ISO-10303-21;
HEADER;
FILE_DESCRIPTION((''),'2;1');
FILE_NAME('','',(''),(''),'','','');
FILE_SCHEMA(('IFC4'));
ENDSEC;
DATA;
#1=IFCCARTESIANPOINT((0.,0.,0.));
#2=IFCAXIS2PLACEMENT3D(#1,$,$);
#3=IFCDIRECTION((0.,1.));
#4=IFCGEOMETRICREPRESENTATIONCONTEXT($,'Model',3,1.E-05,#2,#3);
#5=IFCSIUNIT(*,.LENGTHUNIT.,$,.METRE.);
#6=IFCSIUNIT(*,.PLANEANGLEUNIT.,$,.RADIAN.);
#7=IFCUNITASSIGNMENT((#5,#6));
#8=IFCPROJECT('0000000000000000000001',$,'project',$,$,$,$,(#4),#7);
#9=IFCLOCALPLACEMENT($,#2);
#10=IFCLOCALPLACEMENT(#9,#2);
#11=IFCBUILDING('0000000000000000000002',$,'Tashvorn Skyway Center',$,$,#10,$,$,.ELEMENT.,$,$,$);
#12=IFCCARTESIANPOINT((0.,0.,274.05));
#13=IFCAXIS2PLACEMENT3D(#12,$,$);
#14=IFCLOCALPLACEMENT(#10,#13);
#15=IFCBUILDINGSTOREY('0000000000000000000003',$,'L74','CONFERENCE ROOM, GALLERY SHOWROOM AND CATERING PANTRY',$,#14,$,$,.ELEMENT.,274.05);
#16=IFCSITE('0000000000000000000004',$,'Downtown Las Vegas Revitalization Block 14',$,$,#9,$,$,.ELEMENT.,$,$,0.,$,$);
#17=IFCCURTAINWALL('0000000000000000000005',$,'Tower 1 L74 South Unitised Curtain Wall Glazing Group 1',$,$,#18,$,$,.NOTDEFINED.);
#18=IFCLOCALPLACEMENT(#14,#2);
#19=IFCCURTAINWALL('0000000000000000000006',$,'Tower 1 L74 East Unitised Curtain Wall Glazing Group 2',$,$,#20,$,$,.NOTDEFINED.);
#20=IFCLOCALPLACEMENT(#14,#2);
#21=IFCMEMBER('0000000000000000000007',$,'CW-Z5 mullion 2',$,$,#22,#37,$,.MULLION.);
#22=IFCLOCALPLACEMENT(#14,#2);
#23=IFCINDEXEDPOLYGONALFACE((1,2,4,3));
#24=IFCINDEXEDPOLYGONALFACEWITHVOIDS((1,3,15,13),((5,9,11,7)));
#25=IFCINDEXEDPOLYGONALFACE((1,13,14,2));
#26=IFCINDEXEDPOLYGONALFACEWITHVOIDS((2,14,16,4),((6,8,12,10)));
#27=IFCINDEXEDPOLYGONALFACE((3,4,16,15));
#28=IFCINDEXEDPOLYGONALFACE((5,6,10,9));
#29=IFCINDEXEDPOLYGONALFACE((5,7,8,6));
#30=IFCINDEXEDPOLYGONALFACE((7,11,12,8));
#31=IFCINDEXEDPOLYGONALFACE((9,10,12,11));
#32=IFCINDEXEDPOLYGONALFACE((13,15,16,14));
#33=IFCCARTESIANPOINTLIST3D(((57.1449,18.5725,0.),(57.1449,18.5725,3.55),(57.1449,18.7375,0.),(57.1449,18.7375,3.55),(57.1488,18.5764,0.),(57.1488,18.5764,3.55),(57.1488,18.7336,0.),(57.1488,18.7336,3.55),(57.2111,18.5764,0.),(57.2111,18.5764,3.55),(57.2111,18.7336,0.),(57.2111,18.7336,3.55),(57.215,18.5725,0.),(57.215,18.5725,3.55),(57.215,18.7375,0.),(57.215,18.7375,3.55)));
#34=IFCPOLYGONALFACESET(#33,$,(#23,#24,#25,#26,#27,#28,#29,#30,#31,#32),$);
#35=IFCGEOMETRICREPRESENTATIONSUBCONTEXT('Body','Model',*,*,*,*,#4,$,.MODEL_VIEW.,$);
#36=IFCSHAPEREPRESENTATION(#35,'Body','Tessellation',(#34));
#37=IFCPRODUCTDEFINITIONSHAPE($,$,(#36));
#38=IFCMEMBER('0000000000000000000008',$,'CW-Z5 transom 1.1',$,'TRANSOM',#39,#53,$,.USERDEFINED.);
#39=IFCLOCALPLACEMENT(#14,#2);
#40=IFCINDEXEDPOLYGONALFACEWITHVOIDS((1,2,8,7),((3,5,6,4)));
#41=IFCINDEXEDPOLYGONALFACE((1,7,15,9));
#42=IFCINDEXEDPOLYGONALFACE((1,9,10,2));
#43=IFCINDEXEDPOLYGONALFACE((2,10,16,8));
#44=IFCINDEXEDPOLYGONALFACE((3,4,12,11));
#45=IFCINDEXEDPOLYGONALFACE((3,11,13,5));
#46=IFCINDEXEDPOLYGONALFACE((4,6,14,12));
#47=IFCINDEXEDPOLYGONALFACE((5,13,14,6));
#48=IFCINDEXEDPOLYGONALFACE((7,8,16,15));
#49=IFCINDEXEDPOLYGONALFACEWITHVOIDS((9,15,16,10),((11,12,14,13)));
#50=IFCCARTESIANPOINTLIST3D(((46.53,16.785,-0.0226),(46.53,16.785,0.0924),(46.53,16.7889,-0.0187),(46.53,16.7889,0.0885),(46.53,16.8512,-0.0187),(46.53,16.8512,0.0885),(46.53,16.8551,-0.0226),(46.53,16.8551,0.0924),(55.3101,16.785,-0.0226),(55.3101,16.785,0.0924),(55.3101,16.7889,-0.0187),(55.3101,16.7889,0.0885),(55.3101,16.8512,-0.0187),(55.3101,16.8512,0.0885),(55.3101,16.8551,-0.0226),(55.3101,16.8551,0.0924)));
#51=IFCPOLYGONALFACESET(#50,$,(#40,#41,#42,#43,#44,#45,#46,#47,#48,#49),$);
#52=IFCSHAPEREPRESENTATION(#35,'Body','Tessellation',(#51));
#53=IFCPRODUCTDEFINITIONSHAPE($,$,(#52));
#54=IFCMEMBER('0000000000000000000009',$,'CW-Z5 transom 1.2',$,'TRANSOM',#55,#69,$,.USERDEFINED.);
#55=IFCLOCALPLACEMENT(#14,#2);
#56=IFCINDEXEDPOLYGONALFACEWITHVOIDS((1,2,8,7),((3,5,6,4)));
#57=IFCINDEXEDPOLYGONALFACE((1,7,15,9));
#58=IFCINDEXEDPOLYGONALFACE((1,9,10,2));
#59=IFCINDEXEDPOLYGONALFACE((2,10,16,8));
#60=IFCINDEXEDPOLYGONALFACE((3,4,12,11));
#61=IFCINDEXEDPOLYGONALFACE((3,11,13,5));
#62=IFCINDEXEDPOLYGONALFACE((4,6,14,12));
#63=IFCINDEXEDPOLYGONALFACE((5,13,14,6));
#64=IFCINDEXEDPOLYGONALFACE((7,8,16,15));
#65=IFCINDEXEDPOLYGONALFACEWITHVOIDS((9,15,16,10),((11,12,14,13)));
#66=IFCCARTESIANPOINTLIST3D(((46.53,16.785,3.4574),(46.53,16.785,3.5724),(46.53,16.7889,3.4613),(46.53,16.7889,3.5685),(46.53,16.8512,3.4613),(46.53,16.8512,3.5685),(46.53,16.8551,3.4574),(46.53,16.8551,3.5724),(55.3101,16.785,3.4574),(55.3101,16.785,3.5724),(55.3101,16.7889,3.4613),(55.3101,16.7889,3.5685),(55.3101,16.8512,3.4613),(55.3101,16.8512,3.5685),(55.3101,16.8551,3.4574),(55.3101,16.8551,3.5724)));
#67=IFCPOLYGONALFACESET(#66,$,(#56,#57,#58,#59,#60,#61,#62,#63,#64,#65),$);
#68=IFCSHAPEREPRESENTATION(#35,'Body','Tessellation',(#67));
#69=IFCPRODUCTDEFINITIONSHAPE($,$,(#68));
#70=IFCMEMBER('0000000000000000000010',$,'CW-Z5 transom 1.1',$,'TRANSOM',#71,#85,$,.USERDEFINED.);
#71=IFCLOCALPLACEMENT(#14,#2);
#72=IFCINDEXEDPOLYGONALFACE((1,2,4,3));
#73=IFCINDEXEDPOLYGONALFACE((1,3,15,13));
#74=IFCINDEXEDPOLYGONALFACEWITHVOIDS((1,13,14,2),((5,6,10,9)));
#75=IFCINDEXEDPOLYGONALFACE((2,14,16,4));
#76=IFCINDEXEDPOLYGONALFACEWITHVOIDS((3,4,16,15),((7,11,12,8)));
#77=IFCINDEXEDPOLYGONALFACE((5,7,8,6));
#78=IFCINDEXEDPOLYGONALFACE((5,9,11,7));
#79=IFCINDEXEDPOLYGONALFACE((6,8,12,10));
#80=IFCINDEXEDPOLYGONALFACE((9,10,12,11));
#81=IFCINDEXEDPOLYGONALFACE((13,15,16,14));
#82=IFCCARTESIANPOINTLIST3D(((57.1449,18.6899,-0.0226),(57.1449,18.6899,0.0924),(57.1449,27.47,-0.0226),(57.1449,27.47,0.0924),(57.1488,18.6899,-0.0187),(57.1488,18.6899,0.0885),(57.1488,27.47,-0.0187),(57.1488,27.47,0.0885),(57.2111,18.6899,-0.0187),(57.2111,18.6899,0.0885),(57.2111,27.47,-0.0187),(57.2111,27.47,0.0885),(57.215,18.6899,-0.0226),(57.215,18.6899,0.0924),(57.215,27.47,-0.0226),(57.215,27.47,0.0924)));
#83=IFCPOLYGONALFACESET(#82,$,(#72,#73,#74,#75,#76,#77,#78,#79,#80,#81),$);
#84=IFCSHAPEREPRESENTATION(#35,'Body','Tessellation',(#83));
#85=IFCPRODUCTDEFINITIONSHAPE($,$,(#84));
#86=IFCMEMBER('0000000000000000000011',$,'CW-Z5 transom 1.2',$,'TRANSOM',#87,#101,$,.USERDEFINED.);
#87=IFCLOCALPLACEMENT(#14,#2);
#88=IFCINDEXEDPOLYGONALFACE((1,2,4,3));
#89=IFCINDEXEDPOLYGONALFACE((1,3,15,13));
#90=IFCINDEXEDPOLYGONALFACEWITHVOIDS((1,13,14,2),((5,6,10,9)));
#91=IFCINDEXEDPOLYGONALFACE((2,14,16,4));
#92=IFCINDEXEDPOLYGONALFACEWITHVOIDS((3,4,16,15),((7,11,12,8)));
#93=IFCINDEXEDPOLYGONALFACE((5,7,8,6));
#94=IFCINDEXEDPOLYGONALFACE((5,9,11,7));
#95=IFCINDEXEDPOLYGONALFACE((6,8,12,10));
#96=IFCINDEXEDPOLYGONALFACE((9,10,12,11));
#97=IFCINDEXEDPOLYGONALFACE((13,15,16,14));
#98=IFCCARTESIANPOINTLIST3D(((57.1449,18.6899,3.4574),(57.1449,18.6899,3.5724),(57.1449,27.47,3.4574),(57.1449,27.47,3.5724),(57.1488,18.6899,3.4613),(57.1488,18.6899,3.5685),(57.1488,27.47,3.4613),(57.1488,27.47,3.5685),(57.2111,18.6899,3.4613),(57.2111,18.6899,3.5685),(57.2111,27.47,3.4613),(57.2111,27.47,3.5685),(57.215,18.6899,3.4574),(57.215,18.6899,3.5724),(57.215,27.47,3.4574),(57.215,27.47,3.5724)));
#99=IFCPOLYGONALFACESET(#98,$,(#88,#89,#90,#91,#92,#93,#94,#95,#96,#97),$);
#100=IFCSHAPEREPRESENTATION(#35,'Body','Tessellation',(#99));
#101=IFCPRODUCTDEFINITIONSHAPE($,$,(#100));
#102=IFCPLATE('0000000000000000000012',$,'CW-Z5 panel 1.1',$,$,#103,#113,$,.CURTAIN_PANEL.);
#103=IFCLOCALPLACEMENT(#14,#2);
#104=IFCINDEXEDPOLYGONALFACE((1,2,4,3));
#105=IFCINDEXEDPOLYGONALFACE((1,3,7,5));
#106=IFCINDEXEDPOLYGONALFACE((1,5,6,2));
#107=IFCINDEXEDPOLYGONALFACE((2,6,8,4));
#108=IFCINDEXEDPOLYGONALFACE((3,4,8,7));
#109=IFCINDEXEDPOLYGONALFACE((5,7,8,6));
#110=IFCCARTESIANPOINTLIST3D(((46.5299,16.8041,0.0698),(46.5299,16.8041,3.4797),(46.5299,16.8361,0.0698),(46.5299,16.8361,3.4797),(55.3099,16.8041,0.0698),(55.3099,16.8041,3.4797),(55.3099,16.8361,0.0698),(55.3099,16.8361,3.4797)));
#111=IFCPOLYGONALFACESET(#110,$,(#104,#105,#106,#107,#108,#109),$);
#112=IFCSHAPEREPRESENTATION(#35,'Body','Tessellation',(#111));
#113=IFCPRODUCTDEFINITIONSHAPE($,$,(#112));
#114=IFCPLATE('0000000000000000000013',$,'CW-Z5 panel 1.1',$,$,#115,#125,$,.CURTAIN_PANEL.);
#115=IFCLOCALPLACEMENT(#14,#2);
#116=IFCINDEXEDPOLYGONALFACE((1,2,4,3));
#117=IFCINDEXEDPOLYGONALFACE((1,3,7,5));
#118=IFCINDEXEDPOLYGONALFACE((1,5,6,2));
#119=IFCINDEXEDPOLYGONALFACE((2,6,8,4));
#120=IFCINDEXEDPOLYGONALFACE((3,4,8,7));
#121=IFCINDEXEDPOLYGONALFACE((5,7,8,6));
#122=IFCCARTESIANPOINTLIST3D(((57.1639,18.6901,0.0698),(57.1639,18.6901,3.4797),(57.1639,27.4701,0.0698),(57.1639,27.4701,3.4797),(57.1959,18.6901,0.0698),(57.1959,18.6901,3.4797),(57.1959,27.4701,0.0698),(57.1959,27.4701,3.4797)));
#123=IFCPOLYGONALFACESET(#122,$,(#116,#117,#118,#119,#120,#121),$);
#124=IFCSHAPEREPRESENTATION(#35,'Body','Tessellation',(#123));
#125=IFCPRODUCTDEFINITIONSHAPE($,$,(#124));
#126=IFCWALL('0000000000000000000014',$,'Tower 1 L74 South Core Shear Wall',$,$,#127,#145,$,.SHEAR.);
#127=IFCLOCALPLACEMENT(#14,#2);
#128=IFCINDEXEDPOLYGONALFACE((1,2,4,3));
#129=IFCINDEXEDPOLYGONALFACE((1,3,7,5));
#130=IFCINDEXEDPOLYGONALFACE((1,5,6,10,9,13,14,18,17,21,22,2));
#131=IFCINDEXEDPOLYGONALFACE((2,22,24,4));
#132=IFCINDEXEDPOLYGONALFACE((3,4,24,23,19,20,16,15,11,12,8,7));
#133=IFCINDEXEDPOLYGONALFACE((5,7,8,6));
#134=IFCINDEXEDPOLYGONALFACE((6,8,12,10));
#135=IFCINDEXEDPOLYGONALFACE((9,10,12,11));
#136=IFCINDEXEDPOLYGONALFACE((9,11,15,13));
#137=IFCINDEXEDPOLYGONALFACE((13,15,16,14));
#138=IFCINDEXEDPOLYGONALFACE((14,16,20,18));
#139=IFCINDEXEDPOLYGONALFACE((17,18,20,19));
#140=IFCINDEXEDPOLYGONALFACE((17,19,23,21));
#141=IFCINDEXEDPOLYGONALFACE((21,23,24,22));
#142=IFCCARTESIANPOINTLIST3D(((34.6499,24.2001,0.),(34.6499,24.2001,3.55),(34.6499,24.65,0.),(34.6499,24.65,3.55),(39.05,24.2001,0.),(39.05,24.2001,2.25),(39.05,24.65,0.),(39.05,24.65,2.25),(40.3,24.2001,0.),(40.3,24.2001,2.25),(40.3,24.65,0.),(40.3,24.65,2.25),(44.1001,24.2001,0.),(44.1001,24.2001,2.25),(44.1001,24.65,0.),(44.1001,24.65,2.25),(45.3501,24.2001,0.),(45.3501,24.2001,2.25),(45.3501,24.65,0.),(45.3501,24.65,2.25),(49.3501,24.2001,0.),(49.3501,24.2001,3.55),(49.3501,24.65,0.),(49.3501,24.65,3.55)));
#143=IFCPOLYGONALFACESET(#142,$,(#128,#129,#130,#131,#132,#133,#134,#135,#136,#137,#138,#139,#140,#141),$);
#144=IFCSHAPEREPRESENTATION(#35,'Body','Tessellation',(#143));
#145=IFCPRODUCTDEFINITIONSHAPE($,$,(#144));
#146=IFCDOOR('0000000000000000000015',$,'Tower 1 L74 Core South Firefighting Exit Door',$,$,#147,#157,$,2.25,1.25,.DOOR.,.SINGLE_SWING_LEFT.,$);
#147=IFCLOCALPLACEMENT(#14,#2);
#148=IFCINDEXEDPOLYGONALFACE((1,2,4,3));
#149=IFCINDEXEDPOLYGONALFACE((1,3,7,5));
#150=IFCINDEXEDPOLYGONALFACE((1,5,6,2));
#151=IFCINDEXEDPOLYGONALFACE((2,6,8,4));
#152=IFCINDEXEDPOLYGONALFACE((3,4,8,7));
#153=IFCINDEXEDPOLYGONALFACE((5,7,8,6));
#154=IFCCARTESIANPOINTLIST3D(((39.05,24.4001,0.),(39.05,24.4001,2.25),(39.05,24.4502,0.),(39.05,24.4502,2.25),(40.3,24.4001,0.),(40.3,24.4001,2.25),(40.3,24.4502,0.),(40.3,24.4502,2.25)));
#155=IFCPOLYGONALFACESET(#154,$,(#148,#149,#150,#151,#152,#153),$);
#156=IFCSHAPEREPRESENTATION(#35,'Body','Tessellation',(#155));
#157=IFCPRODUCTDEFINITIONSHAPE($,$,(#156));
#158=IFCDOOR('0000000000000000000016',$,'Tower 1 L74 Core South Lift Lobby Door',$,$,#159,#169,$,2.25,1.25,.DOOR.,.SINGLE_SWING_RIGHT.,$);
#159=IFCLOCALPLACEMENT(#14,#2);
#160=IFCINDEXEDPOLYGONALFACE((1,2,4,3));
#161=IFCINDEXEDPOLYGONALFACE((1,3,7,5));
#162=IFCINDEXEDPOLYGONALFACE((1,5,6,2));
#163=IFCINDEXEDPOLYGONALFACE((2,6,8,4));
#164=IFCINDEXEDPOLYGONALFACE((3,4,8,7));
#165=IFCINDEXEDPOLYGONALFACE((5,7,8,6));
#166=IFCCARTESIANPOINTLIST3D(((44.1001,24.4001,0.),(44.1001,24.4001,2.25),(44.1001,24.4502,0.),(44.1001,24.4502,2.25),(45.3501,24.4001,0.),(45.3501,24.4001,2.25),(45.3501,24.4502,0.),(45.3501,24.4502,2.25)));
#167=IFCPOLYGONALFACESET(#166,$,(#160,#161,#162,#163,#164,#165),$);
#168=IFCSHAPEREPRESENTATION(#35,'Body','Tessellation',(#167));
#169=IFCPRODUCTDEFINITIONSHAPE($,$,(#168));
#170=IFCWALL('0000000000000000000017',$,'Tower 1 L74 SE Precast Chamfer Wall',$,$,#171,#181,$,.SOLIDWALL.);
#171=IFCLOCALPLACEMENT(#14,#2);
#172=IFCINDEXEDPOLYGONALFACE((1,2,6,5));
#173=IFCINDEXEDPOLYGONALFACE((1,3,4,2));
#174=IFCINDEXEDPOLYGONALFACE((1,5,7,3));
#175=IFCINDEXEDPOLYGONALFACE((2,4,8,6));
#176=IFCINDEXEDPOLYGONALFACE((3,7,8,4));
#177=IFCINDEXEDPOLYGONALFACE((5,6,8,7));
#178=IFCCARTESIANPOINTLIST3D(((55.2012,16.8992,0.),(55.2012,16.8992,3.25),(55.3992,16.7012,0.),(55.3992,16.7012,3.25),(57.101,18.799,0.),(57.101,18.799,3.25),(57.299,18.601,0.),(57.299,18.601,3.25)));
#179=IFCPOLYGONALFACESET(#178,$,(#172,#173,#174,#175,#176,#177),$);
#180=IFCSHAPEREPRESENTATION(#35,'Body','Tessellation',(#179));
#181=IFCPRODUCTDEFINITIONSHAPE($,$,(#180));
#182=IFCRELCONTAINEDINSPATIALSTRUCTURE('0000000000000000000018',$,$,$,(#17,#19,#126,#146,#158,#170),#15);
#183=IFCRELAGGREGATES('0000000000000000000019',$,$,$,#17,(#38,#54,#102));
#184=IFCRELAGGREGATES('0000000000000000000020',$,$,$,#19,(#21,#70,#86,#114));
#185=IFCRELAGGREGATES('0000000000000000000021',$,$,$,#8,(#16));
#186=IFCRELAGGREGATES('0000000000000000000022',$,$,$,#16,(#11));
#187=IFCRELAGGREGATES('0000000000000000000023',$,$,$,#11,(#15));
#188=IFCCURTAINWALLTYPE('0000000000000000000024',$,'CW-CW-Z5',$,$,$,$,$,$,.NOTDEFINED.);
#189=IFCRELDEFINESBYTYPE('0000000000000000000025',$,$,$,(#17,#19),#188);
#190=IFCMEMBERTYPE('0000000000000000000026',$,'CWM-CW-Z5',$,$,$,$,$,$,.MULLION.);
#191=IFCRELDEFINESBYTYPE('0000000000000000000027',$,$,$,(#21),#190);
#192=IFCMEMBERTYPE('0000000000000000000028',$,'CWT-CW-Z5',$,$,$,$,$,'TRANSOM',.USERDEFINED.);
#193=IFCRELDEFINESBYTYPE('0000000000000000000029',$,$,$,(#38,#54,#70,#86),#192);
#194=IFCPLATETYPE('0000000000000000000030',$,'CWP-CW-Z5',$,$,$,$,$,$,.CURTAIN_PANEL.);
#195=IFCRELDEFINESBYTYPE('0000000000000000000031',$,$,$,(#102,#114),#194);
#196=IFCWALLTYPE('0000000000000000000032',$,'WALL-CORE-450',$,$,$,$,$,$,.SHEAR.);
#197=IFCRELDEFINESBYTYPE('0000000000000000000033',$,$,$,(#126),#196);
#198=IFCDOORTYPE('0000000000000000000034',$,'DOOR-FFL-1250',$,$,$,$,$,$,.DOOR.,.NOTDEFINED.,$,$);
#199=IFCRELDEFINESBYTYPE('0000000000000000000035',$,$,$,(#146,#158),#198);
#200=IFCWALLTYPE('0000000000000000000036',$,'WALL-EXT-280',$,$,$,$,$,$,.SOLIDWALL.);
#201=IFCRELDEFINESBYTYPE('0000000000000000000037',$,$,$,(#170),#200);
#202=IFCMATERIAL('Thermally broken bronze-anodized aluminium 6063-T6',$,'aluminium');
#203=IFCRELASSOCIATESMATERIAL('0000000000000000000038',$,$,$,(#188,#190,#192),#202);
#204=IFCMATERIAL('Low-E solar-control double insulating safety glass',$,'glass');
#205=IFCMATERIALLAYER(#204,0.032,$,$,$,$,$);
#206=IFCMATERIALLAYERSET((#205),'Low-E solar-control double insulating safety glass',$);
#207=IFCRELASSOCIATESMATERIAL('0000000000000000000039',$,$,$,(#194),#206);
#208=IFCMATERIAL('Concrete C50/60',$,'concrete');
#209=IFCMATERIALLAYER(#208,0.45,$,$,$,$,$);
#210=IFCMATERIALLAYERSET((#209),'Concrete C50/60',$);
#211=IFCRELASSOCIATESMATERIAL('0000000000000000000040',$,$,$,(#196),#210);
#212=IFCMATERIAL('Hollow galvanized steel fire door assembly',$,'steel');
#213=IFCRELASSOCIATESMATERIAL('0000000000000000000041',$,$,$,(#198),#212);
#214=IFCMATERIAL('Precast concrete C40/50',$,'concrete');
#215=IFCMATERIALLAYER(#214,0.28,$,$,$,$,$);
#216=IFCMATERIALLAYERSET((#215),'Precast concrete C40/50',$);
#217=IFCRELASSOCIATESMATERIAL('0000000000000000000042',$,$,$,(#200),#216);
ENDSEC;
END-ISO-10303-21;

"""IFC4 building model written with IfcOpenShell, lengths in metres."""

from ifc_helpers import new_model, si_unit, direction, frame, frame_2d, origin, origin_2d, place, context, subcontext, project, spatial, rectangle, hollow_rectangle, extrude, material, layer, layer_set, material_profile, profile_set, type_object, element, fill, aggregate, save


model = new_model("IFC4")

# Units and contexts
model_context = context("Model", 3, precision=1e-05, world=origin(), true_north=direction((0.0, 1.0)))
body_context = subcontext(model_context, "Body", "Model", "MODEL_VIEW")
ifc_project = project(units=[si_unit("LENGTHUNIT", "METRE"), si_unit("PLANEANGLEUNIT", "RADIAN")], contexts=[model_context])

# Site, building, storey
site_placement = place(None, origin())
site = spatial("IfcSite", under=ifc_project, at=site_placement, Name="Downtown Las Vegas Revitalization Block 14", CompositionType="ELEMENT", RefElevation=0.0)
building_placement = place(site_placement, origin())
building = spatial("IfcBuilding", under=site, at=building_placement, Name="Tashvorn Skyway Center", CompositionType="ELEMENT")
storey_placement = place(building_placement, frame((0.0, 0.0, 274.05)))
storey = spatial("IfcBuildingStorey", under=building, at=storey_placement, Name="L74", Description="CONFERENCE ROOM, GALLERY SHOWROOM AND CATERING PANTRY", CompositionType="ELEMENT", Elevation=274.05)

# Curtain wall
ifc_material_1 = material(Name="Thermally broken bronze-anodized aluminium 6063-T6", Category="aluminium")
curtain_wall_type = type_object("IfcCurtainWallType", Name="CW-CW-Z5", PredefinedType="NOTDEFINED", material=ifc_material_1)
curtain_wall_1_placement = place(storey_placement, origin())
curtain_wall_1 = element("IfcCurtainWall", 1, at=curtain_wall_1_placement, inside=storey, type_object=curtain_wall_type, Name="Tower 1 L74 South Unitised Curtain Wall Glazing Group 1", PredefinedType="NOTDEFINED")
ifc_material_profile_1 = material_profile(ifc_material_1, hollow_rectangle(XDim=0.0701, YDim=0.165, WallThickness=0.0039, at=origin_2d()), Name="ALU-MULL-70x165")
ifc_profile_set_1 = profile_set([ifc_material_profile_1], Name="Thermally broken bronze-anodized aluminium 6063-T6")
member_type_1 = type_object("IfcMemberType", Name="CWM-CW-Z5", PredefinedType="MULLION", material=ifc_profile_set_1)

# Curtain wall, member
curtain_wall_2_placement = place(storey_placement, origin())
curtain_wall_2 = element("IfcCurtainWall", 2, at=curtain_wall_2_placement, inside=storey, type_object=curtain_wall_type, Name="Tower 1 L74 East Unitised Curtain Wall Glazing Group 2", PredefinedType="NOTDEFINED")
member_1_placement = place(storey_placement, frame((57.1799, 18.655, 0.0), z_axis=(0.0, 0.0, 1.0), x_axis=(1.0, 0.0, 0.0)))
member_1 = element("IfcMember", 3, at=member_1_placement, type_object=member_type_1, Name="CW-Z5 mullion 2", PredefinedType="MULLION", context=body_context, shape_type="SweptSolid", body=[
    extrude(hollow_rectangle(XDim=0.0701, YDim=0.165, WallThickness=0.0039, at=origin_2d()), origin(), (0.0, 0.0, 1.0), 3.55),
])

# Members
ifc_material_profile_2 = material_profile(ifc_material_1, hollow_rectangle(XDim=0.0701, YDim=0.115, WallThickness=0.0039, at=origin_2d()), Name="ALU-TRAN-70x115")
ifc_profile_set_2 = profile_set([ifc_material_profile_2], Name="Thermally broken bronze-anodized aluminium 6063-T6")
member_type_2 = type_object("IfcMemberType", Name="CWT-CW-Z5", ElementType="TRANSOM", PredefinedType="USERDEFINED", material=ifc_profile_set_2)
member_2_placement = place(storey_placement, frame((55.3101, 16.8201, 0.0349), z_axis=(-1.0, 0.0, 0.0), x_axis=(0.0, -1.0, 0.0)))
member_2 = element("IfcMember", 4, at=member_2_placement, type_object=member_type_2, Name="CW-Z5 transom 1.1", ObjectType="TRANSOM", PredefinedType="USERDEFINED", context=body_context, shape_type="SweptSolid", body=[
    extrude(hollow_rectangle(XDim=0.0701, YDim=0.115, WallThickness=0.0039, at=origin_2d()), origin(), (0.0, 0.0, 1.0), 8.78),
])
member_3_placement = place(storey_placement, frame((55.3101, 16.8201, 3.5149), z_axis=(-1.0, 0.0, 0.0), x_axis=(0.0, -1.0, 0.0)))
member_3 = element("IfcMember", 5, at=member_3_placement, type_object=member_type_2, Name="CW-Z5 transom 1.2", ObjectType="TRANSOM", PredefinedType="USERDEFINED", context=body_context, shape_type="SweptSolid", body=[
    extrude(hollow_rectangle(XDim=0.0701, YDim=0.115, WallThickness=0.0039, at=origin_2d()), origin(), (0.0, 0.0, 1.0), 8.78),
])
member_4_placement = place(storey_placement, frame((57.1799, 27.47, 0.0349), z_axis=(0.0, -1.0, 0.0), x_axis=(1.0, 0.0, 0.0)))
member_4 = element("IfcMember", 6, at=member_4_placement, type_object=member_type_2, Name="CW-Z5 transom 1.1", ObjectType="TRANSOM", PredefinedType="USERDEFINED", context=body_context, shape_type="SweptSolid", body=[
    extrude(hollow_rectangle(XDim=0.0701, YDim=0.115, WallThickness=0.0039, at=origin_2d()), origin(), (0.0, 0.0, 1.0), 8.78),
])
member_5_placement = place(storey_placement, frame((57.1799, 27.47, 3.5149), z_axis=(0.0, -1.0, 0.0), x_axis=(1.0, 0.0, 0.0)))
member_5 = element("IfcMember", 7, at=member_5_placement, type_object=member_type_2, Name="CW-Z5 transom 1.2", ObjectType="TRANSOM", PredefinedType="USERDEFINED", context=body_context, shape_type="SweptSolid", body=[
    extrude(hollow_rectangle(XDim=0.0701, YDim=0.115, WallThickness=0.0039, at=origin_2d()), origin(), (0.0, 0.0, 1.0), 8.78),
])

# Plates
ifc_material_2 = material(Name="Low-E solar-control double insulating safety glass", Category="glass")
ifc_layer_1 = layer(ifc_material_2, 0.032)
ifc_layer_set_1 = layer_set([ifc_layer_1], Name="Low-E solar-control double insulating safety glass")
plate_type = type_object("IfcPlateType", Name="CWP-CW-Z5", PredefinedType="CURTAIN_PANEL", material=ifc_layer_set_1)
plate_1_placement = place(storey_placement, frame((50.9199, 16.8201, 0.0698), z_axis=(0.0, 0.0, 1.0), x_axis=(-1.0, 0.0, 0.0)))
plate_1 = element("IfcPlate", 8, at=plate_1_placement, type_object=plate_type, Name="CW-Z5 panel 1.1", PredefinedType="CURTAIN_PANEL", context=body_context, shape_type="SweptSolid", body=[
    extrude(rectangle(XDim=8.78, YDim=0.032, at=origin_2d()), origin(), (0.0, 0.0, 1.0), 3.4099),
])
aggregate(curtain_wall_1, [member_2, member_3, plate_1])
plate_2_placement = place(storey_placement, frame((57.1799, 23.0801, 0.0698), z_axis=(0.0, 0.0, 1.0), x_axis=(0.0, -1.0, 0.0)))
plate_2 = element("IfcPlate", 9, at=plate_2_placement, type_object=plate_type, Name="CW-Z5 panel 1.1", PredefinedType="CURTAIN_PANEL", context=body_context, shape_type="SweptSolid", body=[
    extrude(rectangle(XDim=8.78, YDim=0.032, at=origin_2d()), origin(), (0.0, 0.0, 1.0), 3.4099),
])
aggregate(curtain_wall_2, [member_1, member_4, member_5, plate_2])

# Wall, openings, doors
ifc_material_3 = material(Name="Concrete C50/60", Category="concrete")
ifc_layer_2 = layer(ifc_material_3, 0.45)
ifc_layer_set_2 = layer_set([ifc_layer_2], Name="Concrete C50/60")
wall_type_1 = type_object("IfcWallType", Name="WALL-CORE-450", PredefinedType="SHEAR", material=ifc_layer_set_2)
wall_1_placement = place(storey_placement, frame((49.3501, 24.425, 0.0), z_axis=(0.0, 0.0, 1.0), x_axis=(-1.0, 0.0, 0.0)))
wall_1 = element("IfcWall", 10, at=wall_1_placement, inside=storey, type_object=wall_type_1, Name="Tower 1 L74 South Core Shear Wall", PredefinedType="SHEAR", context=body_context, shape_type="SweptSolid", body=[
    extrude(rectangle(XDim=14.7002, YDim=0.45, at=frame_2d((7.3501, 0.0))), origin(), (0.0, 0.0, 1.0), 3.55),
])
opening_1_placement = place(wall_1_placement, frame((9.05, 0.0, 0.0)))
opening_1 = element("IfcOpeningElement", 11, at=opening_1_placement, cuts=wall_1, PredefinedType="OPENING", context=body_context, shape_type="SweptSolid", body=[
    extrude(rectangle(XDim=1.25, YDim=2.25, at=frame_2d((0.625, 1.125))), frame((0.0, 0.2349, 0.0), z_axis=(0.0, -1.0, 0.0), x_axis=(1.0, 0.0, 0.0)), (0.0, 0.0, 1.0), 0.47),
])
opening_2_placement = place(wall_1_placement, frame((4.0, 0.0, 0.0)))
opening_2 = element("IfcOpeningElement", 12, at=opening_2_placement, cuts=wall_1, PredefinedType="OPENING", context=body_context, shape_type="SweptSolid", body=[
    extrude(rectangle(XDim=1.25, YDim=2.25, at=frame_2d((0.625, 1.125))), frame((0.0, 0.2349, 0.0), z_axis=(0.0, -1.0, 0.0), x_axis=(1.0, 0.0, 0.0)), (0.0, 0.0, 1.0), 0.47),
])
ifc_material_4 = material(Name="Hollow galvanized steel fire door assembly", Category="steel")
door_type_1 = type_object("IfcDoorType", Name="DOOR-FFL-1250", OperationType="NOTDEFINED", PredefinedType="DOOR", material=ifc_material_4)
door_1_placement = place(opening_1_placement, origin())
door_1 = element("IfcDoor", 13, at=door_1_placement, inside=storey, type_object=door_type_1, Name="Tower 1 L74 Core South Firefighting Exit Door", OperationType="SINGLE_SWING_LEFT", OverallHeight=2.25, OverallWidth=1.25, PredefinedType="DOOR", context=body_context, shape_type="SweptSolid", body=[
    extrude(rectangle(XDim=1.25, YDim=2.25, at=frame_2d((0.625, 1.125))), frame((0.0, 0.0249, 0.0), z_axis=(0.0, -1.0, 0.0), x_axis=(1.0, 0.0, 0.0)), (0.0, 0.0, 1.0), 0.05),
])
fill(opening_1, door_1)
door_2_placement = place(opening_2_placement, origin())
door_2 = element("IfcDoor", 14, at=door_2_placement, inside=storey, type_object=door_type_1, Name="Tower 1 L74 Core South Lift Lobby Door", OperationType="SINGLE_SWING_RIGHT", OverallHeight=2.25, OverallWidth=1.25, PredefinedType="DOOR", context=body_context, shape_type="SweptSolid", body=[
    extrude(rectangle(XDim=1.25, YDim=2.25, at=frame_2d((0.625, 1.125))), frame((0.0, 0.0249, 0.0), z_axis=(0.0, -1.0, 0.0), x_axis=(1.0, 0.0, 0.0)), (0.0, 0.0, 1.0), 0.05),
])
fill(opening_2, door_2)

# Wall
ifc_material_5 = material(Name="Precast concrete C40/50", Category="concrete")
ifc_layer_3 = layer(ifc_material_5, 0.28)
ifc_layer_set_3 = layer_set([ifc_layer_3], Name="Precast concrete C40/50")
wall_type_2 = type_object("IfcWallType", Name="WALL-EXT-280", PredefinedType="SOLIDWALL", material=ifc_layer_set_3)
wall_2_placement = place(storey_placement, frame((57.2, 18.7, 0.0), z_axis=(0.0, 0.0, 1.0), x_axis=(-0.707107, -0.707107, 0.0)))
element("IfcWall", 15, at=wall_2_placement, inside=storey, type_object=wall_type_2, Name="Tower 1 L74 SE Precast Chamfer Wall", PredefinedType="SOLIDWALL", context=body_context, shape_type="SweptSolid", body=[
    extrude(rectangle(XDim=2.6868, YDim=0.28, at=frame_2d((1.3433, 0.0))), origin(), (0.0, 0.0, 1.0), 3.25),
])

save(model, "model.ifc")
